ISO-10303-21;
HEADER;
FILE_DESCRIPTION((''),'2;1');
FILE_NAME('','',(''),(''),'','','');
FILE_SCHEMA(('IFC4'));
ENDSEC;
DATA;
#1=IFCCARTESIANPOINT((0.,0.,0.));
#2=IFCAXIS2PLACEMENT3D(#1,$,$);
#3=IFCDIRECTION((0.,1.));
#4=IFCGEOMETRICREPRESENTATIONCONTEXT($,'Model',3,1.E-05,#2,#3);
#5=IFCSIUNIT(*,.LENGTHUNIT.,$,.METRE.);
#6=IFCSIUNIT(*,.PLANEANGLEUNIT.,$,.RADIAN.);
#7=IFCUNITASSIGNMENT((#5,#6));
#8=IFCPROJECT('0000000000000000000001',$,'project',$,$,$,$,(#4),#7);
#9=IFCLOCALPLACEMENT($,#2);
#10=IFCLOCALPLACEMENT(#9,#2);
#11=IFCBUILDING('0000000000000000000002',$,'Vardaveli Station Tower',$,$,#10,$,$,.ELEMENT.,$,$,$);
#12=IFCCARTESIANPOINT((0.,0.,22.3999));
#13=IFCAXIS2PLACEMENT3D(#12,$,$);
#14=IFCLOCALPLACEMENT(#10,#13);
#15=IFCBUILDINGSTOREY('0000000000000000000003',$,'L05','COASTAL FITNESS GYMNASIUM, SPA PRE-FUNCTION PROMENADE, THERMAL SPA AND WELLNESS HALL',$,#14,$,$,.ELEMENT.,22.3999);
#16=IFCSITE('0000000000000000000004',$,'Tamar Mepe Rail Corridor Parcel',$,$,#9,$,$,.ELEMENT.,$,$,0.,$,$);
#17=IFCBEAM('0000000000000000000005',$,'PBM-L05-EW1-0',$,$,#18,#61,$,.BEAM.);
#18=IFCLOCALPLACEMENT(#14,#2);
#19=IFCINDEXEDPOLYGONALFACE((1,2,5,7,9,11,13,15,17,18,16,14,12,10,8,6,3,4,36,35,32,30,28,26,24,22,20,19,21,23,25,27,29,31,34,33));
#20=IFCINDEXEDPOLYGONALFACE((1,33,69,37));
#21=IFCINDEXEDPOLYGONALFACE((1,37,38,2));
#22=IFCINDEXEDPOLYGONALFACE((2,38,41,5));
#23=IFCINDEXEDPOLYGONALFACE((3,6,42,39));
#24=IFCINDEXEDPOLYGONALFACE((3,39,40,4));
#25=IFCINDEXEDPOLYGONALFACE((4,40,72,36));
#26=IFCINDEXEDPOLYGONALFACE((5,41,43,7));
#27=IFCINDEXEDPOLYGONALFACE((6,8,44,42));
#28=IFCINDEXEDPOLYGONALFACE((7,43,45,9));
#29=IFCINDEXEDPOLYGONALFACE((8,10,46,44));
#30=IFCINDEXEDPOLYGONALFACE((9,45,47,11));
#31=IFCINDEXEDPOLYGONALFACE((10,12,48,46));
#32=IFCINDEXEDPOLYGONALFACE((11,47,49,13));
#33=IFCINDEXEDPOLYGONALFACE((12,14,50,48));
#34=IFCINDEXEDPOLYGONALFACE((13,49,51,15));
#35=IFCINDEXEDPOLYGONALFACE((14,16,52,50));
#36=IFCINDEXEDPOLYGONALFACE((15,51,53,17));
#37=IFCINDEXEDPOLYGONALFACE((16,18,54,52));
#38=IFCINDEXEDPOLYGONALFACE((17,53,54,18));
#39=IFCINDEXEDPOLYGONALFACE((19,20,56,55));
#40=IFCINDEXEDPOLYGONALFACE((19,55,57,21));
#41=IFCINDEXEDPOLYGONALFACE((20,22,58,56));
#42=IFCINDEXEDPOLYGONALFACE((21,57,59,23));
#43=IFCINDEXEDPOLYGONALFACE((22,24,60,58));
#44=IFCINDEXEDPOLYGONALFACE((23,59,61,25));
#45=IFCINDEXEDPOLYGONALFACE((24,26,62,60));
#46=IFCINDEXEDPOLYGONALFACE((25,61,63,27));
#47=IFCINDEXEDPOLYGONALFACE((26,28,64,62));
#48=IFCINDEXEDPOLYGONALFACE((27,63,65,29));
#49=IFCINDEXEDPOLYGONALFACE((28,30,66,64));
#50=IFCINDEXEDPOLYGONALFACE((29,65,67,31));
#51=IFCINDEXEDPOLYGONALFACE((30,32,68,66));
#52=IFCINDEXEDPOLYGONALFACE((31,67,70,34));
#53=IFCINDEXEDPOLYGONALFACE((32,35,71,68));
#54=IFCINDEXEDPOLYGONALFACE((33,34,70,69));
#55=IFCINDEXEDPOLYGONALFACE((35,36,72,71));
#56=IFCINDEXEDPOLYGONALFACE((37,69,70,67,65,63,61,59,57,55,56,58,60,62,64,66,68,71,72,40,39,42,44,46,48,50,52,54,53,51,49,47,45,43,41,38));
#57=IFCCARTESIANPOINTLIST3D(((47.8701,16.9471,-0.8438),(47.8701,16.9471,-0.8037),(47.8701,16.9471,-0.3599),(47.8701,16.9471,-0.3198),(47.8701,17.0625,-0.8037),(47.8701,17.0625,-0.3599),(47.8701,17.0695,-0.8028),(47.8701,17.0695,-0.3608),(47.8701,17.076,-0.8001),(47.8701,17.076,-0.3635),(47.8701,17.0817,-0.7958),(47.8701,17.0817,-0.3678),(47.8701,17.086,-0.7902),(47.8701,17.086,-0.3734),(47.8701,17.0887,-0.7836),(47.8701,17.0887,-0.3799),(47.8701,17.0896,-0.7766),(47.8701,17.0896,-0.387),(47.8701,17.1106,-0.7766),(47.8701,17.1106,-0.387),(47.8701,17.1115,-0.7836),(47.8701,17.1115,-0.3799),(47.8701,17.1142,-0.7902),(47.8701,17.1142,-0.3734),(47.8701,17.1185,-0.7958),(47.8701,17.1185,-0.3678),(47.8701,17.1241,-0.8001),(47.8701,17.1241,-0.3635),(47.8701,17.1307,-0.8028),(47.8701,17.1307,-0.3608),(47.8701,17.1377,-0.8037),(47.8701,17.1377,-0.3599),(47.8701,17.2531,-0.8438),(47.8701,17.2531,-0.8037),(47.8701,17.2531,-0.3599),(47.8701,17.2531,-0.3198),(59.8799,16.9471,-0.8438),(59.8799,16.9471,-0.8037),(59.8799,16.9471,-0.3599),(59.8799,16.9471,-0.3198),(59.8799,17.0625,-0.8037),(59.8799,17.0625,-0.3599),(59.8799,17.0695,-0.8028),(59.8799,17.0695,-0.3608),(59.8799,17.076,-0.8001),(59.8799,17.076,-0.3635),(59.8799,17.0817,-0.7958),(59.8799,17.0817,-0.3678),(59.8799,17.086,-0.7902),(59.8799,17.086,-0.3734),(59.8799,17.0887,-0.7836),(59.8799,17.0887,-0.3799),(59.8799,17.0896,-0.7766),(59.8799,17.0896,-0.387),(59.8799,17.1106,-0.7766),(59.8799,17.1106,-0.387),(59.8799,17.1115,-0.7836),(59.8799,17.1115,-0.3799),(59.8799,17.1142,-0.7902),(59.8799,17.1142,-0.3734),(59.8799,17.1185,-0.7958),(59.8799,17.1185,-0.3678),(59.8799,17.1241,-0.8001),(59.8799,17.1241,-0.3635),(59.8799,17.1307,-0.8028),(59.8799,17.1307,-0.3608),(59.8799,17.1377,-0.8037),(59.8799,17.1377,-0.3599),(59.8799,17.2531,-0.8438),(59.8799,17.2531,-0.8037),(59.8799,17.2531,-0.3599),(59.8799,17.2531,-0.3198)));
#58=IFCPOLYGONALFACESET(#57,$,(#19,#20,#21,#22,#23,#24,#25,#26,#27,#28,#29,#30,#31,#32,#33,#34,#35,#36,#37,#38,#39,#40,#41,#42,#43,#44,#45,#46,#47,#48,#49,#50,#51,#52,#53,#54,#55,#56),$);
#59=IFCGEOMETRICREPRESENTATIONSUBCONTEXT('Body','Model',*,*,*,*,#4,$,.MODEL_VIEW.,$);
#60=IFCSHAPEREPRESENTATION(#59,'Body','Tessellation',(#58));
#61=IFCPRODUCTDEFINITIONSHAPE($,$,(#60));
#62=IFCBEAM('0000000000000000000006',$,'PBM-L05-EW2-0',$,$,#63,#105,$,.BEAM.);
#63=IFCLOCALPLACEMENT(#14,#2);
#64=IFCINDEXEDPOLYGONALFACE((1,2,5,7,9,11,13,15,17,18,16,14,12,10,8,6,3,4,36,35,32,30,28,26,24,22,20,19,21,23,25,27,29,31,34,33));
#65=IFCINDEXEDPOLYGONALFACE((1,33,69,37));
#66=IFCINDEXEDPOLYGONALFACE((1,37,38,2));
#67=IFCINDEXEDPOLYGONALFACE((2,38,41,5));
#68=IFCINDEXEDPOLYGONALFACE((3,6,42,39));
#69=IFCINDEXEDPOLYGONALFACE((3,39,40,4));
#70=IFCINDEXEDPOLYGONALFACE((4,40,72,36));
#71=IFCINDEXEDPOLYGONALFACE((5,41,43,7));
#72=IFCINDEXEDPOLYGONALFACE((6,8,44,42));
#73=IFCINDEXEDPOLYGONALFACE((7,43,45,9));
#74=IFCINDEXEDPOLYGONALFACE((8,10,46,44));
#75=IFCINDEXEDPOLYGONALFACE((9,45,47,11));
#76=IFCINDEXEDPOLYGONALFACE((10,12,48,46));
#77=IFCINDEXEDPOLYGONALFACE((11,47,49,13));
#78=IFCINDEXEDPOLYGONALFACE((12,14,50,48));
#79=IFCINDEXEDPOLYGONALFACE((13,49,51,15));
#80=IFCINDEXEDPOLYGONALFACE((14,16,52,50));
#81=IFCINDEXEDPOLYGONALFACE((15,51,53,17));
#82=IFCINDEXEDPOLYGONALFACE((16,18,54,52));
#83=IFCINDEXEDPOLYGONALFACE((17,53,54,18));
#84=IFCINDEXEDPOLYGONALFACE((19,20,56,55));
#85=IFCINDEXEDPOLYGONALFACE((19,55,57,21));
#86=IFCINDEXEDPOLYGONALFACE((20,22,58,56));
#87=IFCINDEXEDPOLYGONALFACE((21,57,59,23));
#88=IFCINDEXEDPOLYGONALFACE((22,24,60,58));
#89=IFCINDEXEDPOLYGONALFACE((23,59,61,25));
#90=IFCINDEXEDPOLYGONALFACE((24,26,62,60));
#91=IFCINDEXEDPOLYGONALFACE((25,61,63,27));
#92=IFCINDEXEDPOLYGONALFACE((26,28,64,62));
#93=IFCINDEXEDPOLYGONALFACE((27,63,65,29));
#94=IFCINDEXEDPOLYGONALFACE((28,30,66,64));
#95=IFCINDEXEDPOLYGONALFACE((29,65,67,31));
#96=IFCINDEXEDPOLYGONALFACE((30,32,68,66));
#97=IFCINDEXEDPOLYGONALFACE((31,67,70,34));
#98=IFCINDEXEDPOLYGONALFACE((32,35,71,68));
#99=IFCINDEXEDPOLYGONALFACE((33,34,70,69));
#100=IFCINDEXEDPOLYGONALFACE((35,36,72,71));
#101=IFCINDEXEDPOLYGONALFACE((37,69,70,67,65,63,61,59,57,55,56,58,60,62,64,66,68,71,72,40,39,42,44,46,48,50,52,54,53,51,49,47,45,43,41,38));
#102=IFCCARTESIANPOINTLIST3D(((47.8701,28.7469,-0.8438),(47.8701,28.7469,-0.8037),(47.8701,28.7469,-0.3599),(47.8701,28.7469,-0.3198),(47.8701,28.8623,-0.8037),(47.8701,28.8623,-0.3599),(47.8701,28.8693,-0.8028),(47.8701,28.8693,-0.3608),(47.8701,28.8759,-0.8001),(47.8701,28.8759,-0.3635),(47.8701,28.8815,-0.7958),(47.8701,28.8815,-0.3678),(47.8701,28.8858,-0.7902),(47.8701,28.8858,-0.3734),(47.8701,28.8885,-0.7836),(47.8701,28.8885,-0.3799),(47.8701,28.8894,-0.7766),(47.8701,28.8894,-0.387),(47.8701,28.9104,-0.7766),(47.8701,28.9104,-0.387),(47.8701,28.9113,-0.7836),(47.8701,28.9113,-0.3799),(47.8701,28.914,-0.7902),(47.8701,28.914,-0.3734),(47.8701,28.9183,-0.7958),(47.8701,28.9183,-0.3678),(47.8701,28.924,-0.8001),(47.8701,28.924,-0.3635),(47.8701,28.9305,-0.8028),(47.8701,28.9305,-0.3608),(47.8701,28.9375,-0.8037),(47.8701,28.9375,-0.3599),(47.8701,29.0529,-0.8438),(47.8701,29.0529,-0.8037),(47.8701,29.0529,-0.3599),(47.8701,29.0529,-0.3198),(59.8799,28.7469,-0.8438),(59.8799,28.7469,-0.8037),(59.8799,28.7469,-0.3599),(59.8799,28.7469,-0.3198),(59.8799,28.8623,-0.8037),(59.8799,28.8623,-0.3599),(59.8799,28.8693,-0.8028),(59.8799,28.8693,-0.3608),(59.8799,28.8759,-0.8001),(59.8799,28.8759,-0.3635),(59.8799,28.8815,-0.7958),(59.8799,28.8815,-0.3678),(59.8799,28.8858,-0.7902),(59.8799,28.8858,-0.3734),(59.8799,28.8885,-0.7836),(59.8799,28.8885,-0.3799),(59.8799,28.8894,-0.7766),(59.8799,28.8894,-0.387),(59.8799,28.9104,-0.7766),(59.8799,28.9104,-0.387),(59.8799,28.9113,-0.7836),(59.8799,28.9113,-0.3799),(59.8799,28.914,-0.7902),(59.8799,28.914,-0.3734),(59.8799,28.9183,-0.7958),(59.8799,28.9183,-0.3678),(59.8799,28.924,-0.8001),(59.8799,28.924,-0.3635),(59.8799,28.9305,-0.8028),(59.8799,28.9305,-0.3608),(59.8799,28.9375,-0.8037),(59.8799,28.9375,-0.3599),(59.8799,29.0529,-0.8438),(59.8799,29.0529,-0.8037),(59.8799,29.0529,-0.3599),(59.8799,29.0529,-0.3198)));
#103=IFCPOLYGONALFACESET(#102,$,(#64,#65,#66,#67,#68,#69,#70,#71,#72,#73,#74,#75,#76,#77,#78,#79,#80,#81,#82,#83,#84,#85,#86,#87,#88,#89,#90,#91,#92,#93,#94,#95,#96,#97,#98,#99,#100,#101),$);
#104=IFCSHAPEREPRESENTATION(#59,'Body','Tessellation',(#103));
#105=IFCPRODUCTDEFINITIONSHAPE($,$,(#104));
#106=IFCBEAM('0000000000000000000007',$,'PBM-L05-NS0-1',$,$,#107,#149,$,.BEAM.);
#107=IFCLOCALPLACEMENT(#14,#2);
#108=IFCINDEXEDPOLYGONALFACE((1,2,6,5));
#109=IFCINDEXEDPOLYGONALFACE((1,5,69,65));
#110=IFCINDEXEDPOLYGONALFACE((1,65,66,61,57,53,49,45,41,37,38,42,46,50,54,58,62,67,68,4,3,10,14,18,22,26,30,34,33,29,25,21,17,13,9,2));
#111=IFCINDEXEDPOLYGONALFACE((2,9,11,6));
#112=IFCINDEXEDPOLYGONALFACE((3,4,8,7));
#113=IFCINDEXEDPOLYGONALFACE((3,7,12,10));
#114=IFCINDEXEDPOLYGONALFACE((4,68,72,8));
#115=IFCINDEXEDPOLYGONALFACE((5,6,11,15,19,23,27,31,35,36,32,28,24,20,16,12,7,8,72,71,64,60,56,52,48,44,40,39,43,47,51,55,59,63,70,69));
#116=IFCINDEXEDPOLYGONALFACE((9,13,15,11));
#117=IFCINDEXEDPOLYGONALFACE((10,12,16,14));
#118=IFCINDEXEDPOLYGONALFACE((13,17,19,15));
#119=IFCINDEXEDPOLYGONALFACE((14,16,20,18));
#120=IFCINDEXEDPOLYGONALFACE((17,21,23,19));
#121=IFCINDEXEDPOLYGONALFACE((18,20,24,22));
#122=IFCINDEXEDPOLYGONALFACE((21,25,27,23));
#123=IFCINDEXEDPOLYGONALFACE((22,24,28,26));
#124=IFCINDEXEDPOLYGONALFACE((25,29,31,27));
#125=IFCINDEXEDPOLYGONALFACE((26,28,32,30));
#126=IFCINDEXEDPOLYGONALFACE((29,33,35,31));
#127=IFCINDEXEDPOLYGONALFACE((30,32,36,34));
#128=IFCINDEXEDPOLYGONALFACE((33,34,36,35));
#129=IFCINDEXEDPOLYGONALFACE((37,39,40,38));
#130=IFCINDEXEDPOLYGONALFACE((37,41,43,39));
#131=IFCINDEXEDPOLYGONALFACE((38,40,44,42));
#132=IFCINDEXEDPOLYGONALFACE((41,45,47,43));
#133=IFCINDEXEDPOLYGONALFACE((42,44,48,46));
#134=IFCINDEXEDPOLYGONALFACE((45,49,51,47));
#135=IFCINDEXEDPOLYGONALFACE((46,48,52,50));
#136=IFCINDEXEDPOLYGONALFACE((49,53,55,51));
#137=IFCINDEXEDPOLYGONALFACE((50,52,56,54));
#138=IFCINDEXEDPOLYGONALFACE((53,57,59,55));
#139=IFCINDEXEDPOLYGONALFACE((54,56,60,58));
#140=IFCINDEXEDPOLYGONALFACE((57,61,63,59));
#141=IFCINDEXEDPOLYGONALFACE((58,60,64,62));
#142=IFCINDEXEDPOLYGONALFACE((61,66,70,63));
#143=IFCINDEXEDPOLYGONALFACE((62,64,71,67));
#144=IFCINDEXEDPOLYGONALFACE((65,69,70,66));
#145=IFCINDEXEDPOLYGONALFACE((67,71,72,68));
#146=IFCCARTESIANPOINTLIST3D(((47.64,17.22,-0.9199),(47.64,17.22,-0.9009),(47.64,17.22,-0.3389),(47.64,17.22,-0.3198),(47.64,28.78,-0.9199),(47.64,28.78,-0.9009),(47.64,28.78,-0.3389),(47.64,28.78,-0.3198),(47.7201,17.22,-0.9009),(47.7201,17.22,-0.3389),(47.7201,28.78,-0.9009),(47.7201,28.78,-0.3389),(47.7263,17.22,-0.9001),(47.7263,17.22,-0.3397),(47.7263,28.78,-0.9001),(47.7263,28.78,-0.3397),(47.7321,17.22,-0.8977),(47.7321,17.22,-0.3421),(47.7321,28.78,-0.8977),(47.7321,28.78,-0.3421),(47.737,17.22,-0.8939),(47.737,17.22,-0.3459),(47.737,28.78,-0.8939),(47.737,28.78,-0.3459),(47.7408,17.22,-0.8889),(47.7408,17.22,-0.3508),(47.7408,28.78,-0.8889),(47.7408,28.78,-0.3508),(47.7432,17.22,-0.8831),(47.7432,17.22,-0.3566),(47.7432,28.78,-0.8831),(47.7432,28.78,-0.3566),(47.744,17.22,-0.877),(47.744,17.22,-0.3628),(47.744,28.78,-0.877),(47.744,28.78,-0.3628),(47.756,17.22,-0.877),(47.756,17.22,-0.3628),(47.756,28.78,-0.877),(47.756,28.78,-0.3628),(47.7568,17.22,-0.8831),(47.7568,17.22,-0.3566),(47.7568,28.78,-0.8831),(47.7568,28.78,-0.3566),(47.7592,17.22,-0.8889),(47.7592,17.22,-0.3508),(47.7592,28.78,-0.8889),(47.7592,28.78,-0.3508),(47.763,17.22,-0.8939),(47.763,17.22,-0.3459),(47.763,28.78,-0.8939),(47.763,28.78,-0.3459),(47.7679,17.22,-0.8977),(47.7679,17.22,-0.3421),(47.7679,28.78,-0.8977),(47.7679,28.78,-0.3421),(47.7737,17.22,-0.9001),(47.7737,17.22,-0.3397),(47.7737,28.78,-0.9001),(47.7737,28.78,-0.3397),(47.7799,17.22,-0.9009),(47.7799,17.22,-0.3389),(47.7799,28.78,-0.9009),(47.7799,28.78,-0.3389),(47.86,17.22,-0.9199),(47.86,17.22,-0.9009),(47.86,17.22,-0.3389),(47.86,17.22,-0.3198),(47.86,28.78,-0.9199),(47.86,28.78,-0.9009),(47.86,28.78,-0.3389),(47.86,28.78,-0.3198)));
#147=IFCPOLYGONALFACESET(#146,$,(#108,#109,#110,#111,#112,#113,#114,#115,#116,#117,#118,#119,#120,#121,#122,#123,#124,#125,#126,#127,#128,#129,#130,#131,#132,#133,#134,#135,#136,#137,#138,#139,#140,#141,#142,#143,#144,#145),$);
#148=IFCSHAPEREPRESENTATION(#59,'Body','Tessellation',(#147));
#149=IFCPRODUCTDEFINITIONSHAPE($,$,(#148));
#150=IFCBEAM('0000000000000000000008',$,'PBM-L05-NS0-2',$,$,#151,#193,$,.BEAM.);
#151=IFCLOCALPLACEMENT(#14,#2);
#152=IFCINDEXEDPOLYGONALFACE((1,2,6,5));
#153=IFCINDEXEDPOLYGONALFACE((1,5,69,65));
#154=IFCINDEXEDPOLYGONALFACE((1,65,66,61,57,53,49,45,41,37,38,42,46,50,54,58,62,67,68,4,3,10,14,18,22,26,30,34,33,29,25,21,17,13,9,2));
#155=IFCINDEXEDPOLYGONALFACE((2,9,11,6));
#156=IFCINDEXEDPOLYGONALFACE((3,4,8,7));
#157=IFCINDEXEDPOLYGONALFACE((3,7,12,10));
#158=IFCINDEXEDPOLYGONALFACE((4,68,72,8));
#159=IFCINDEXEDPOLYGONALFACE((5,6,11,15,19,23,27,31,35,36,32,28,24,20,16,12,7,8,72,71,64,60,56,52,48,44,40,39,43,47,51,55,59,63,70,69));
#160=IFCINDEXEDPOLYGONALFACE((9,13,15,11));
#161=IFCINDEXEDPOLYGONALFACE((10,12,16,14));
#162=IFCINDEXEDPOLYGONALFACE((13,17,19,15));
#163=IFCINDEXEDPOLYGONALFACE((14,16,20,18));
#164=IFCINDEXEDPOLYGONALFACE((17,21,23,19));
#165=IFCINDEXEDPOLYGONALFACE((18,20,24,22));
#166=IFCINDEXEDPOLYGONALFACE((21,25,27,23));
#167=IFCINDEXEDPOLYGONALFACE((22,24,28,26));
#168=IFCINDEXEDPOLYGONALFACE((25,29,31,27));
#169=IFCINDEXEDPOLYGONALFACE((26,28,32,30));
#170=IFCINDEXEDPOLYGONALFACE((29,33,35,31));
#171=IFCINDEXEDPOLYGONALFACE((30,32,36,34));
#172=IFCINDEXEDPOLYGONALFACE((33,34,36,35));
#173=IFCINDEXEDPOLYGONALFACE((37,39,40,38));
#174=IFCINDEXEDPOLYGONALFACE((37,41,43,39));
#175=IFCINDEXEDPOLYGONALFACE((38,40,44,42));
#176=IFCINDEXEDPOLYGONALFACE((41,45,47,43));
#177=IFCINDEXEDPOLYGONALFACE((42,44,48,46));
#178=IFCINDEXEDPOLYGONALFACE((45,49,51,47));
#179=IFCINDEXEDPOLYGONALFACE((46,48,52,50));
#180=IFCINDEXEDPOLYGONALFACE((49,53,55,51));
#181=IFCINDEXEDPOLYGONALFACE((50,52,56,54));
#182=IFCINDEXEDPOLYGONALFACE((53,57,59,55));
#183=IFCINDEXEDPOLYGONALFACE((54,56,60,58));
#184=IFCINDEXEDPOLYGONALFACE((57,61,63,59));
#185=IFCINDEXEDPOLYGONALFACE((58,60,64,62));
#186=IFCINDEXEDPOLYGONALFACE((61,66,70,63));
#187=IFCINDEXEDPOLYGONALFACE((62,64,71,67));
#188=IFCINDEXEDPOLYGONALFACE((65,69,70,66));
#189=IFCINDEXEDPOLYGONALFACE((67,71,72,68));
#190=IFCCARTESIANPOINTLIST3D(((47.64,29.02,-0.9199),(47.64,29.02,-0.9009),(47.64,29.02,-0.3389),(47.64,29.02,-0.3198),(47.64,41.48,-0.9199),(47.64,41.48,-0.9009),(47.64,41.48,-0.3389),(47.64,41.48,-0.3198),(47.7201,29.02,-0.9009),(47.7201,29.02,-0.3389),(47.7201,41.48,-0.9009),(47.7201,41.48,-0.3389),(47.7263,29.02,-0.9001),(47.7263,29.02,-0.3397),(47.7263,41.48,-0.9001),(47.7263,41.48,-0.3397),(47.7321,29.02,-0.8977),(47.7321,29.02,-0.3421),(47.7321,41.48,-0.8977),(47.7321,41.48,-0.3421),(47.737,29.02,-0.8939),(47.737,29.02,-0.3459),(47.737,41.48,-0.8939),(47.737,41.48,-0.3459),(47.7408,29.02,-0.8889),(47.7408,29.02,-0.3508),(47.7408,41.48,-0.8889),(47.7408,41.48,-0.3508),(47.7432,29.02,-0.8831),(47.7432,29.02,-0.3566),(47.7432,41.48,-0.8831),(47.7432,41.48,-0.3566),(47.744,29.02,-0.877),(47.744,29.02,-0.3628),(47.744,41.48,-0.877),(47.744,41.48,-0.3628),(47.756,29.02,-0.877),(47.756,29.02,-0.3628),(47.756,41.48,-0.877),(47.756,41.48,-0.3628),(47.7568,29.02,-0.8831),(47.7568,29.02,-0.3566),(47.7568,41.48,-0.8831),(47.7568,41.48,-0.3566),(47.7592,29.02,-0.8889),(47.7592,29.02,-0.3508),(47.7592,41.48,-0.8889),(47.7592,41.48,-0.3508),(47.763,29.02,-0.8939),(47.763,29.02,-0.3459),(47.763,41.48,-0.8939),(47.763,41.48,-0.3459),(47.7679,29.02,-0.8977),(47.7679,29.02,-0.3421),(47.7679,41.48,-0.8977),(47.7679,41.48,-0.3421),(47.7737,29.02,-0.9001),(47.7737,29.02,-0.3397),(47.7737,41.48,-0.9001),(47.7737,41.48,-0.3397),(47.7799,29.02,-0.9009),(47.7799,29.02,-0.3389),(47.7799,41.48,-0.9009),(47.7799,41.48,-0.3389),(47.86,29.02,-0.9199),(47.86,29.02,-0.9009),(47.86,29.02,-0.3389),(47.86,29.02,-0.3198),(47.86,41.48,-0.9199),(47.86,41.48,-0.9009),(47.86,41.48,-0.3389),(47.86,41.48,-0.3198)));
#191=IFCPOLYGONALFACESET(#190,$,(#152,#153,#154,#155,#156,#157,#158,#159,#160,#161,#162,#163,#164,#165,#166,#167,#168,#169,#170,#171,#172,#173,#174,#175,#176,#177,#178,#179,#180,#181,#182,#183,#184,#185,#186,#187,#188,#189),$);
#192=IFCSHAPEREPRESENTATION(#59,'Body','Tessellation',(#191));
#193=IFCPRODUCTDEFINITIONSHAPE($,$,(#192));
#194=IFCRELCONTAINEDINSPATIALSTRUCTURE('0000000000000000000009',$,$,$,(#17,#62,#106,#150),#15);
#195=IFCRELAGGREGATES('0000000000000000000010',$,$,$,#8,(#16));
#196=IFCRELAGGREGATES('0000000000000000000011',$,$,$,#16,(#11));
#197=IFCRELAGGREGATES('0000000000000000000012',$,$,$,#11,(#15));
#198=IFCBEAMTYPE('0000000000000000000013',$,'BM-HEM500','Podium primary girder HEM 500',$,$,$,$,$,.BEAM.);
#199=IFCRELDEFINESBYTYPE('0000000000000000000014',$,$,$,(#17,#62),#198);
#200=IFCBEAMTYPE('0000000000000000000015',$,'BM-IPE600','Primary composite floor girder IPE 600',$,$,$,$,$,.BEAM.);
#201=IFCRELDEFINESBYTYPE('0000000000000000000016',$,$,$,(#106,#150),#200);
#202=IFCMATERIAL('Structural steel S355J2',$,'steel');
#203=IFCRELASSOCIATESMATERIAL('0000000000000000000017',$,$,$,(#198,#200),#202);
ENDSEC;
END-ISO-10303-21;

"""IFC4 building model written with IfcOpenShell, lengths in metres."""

from ifc_helpers import new_model, si_unit, direction, frame, origin, origin_2d, place, context, subcontext, project, spatial, i_section, extrude, source, transform, mapped, material, material_profile, profile_set, type_object, element, save


model = new_model("IFC4")

# Units and contexts
model_context = context("Model", 3, precision=1e-05, world=origin(), true_north=direction((0.0, 1.0)))
body_context = subcontext(model_context, "Body", "Model", "MODEL_VIEW")
ifc_project = project(units=[si_unit("LENGTHUNIT", "METRE"), si_unit("PLANEANGLEUNIT", "RADIAN")], contexts=[model_context])

# Site, building, storey
site_placement = place(None, origin())
site = spatial("IfcSite", under=ifc_project, at=site_placement, Name="Tamar Mepe Rail Corridor Parcel", CompositionType="ELEMENT", RefElevation=0.0)
building_placement = place(site_placement, origin())
building = spatial("IfcBuilding", under=site, at=building_placement, Name="Vardaveli Station Tower", CompositionType="ELEMENT")
storey_placement = place(building_placement, frame((0.0, 0.0, 22.3999)))
storey = spatial("IfcBuildingStorey", under=building, at=storey_placement, Name="L05", Description="COASTAL FITNESS GYMNASIUM, SPA PRE-FUNCTION PROMENADE, THERMAL SPA AND WELLNESS HALL", CompositionType="ELEMENT", Elevation=22.3999)

# Beams
ifc_material_1 = material(Name="Structural steel S355J2", Category="steel")
ifc_material_profile_1 = material_profile(ifc_material_1, i_section(OverallWidth=0.3059, OverallDepth=0.5239, WebThickness=0.021, FlangeThickness=0.04, FilletRadius=0.0271, at=origin_2d()), Name="HEM 500")
ifc_profile_set_1 = profile_set([ifc_material_profile_1], Name="Structural steel S355J2")
beam_type_1 = type_object("IfcBeamType", Name="BM-HEM500", Description="Podium primary girder HEM 500", PredefinedType="BEAM", material=ifc_profile_set_1)
shared_shape_1 = source(origin(), body_context, "Body", "SweptSolid", [
    extrude(i_section(OverallWidth=0.3059, OverallDepth=0.5239, WebThickness=0.021, FlangeThickness=0.04, FilletRadius=0.0271, at=origin_2d()), origin(), (0.0, 0.0, 1.0), 12.0098),
])
for number, where, z_axis, x_axis, name in (
    (1, (47.8701, 17.1001, -0.5818), (1.0, 0.0, 0.0), (0.0, 1.0, 0.0), "PBM-L05-EW1-0"),
    (2, (47.8701, 28.8999, -0.5818), (1.0, 0.0, 0.0), (0.0, 1.0, 0.0), "PBM-L05-EW2-0"),
):
    element("IfcBeam", number, at=place(storey_placement, frame(where, z_axis=z_axis, x_axis=x_axis)), inside=storey, type_object=beam_type_1, Name=name, PredefinedType="BEAM", context=body_context, shape_type="MappedRepresentation", body=[
        mapped(shared_shape_1, transform((0.0, 0.0, 0.0), scale=1.0)),
    ])
ifc_material_profile_2 = material_profile(ifc_material_1, i_section(OverallWidth=0.22, OverallDepth=0.6001, WebThickness=0.012, FlangeThickness=0.019, FilletRadius=0.0239, at=origin_2d()), Name="IPE 600")
ifc_profile_set_2 = profile_set([ifc_material_profile_2], Name="Structural steel S355J2")
beam_type_2 = type_object("IfcBeamType", Name="BM-IPE600", Description="Primary composite floor girder IPE 600", PredefinedType="BEAM", material=ifc_profile_set_2)
shared_shape_2 = source(origin(), body_context, "Body", "SweptSolid", [
    extrude(i_section(OverallWidth=0.22, OverallDepth=0.6001, WebThickness=0.012, FlangeThickness=0.019, FilletRadius=0.0239, at=origin_2d()), origin(), (0.0, 0.0, 1.0), 11.5601),
])
beam_1_placement = place(storey_placement, frame((47.75, 17.22, -0.6199), z_axis=(0.0, 1.0, 0.0), x_axis=(-1.0, 0.0, 0.0)))
element("IfcBeam", 3, at=beam_1_placement, inside=storey, type_object=beam_type_2, Name="PBM-L05-NS0-1", PredefinedType="BEAM", context=body_context, shape_type="MappedRepresentation", body=[
    mapped(shared_shape_2, transform((0.0, 0.0, 0.0), scale=1.0)),
])
shared_shape_3 = source(origin(), body_context, "Body", "SweptSolid", [
    extrude(i_section(OverallWidth=0.22, OverallDepth=0.6001, WebThickness=0.012, FlangeThickness=0.019, FilletRadius=0.0239, at=origin_2d()), origin(), (0.0, 0.0, 1.0), 12.46),
])
beam_2_placement = place(storey_placement, frame((47.75, 29.02, -0.6199), z_axis=(0.0, 1.0, 0.0), x_axis=(-1.0, 0.0, 0.0)))
element("IfcBeam", 4, at=beam_2_placement, inside=storey, type_object=beam_type_2, Name="PBM-L05-NS0-2", PredefinedType="BEAM", context=body_context, shape_type="MappedRepresentation", body=[
    mapped(shared_shape_3, transform((0.0, 0.0, 0.0), scale=1.0)),
])

save(model, "model.ifc")
